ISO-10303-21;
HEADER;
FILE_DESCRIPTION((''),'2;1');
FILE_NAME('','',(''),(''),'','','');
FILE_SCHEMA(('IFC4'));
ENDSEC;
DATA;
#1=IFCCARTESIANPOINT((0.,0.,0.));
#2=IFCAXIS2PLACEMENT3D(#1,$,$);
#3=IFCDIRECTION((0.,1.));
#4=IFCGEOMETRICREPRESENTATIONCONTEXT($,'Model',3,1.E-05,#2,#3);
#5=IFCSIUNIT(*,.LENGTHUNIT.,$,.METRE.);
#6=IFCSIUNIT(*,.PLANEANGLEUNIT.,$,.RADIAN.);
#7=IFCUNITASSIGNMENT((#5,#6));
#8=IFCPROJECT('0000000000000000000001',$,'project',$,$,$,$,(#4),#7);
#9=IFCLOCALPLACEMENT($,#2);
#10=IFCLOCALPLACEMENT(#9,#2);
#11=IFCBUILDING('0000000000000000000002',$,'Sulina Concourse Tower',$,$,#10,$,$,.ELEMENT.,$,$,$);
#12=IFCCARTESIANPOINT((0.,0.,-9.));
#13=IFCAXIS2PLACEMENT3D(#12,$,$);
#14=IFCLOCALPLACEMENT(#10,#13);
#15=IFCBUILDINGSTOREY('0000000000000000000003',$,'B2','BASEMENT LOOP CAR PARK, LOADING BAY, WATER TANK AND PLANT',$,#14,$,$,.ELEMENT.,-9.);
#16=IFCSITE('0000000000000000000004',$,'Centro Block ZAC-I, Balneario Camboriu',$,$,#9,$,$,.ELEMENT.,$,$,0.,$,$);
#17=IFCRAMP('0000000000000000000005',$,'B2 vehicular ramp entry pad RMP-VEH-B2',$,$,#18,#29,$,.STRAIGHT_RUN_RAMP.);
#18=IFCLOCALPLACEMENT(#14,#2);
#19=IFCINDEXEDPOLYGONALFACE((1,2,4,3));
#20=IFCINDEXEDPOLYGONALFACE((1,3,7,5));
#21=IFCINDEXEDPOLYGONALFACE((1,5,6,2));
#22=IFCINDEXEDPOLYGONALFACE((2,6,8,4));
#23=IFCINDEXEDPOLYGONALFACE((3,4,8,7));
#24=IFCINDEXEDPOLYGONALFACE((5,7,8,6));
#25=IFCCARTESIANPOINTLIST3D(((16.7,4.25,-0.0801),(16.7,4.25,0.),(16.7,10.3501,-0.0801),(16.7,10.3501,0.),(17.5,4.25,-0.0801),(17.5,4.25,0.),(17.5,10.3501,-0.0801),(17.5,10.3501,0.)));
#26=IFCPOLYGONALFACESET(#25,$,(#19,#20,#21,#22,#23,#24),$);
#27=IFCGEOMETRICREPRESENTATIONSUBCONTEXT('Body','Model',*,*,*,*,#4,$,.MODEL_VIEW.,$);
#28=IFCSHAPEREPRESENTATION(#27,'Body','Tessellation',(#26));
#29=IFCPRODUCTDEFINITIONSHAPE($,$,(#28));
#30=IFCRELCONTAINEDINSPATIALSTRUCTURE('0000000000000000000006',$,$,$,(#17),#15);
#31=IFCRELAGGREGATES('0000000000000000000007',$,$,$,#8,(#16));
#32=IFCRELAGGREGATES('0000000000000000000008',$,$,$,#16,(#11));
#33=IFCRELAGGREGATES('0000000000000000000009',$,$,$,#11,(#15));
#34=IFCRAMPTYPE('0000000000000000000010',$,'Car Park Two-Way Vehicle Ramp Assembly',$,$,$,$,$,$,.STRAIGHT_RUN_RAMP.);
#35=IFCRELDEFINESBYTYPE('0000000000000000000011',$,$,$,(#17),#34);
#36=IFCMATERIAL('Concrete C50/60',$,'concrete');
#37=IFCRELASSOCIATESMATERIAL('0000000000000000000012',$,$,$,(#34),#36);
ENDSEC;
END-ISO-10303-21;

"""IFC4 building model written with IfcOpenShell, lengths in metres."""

from ifc_helpers import new_model, si_unit, direction, frame, origin, place, context, subcontext, project, spatial, polyline, outline, extrude, material, type_object, element, save


model = new_model("IFC4")

# Units and contexts
model_context = context("Model", 3, precision=1e-05, world=origin(), true_north=direction((0.0, 1.0)))
body_context = subcontext(model_context, "Body", "Model", "MODEL_VIEW")
ifc_project = project(units=[si_unit("LENGTHUNIT", "METRE"), si_unit("PLANEANGLEUNIT", "RADIAN")], contexts=[model_context])

# Site, building, storey
site_placement = place(None, origin())
site = spatial("IfcSite", under=ifc_project, at=site_placement, Name="Centro Block ZAC-I, Balneario Camboriu", CompositionType="ELEMENT", RefElevation=0.0)
building_placement = place(site_placement, origin())
building = spatial("IfcBuilding", under=site, at=building_placement, Name="Sulina Concourse Tower", CompositionType="ELEMENT")
storey_placement = place(building_placement, frame((0.0, 0.0, -9.0)))
storey = spatial("IfcBuildingStorey", under=building, at=storey_placement, Name="B2", Description="BASEMENT LOOP CAR PARK, LOADING BAY, WATER TANK AND PLANT", CompositionType="ELEMENT", Elevation=-9.0)

# Ramp
ifc_material_1 = material(Name="Concrete C50/60", Category="concrete")
ramp_type = type_object("IfcRampType", Name="Car Park Two-Way Vehicle Ramp Assembly", PredefinedType="STRAIGHT_RUN_RAMP", material=ifc_material_1)
ramp_placement = place(storey_placement, frame((0.0, 0.0, -0.0801)))
element("IfcRamp", 1, at=ramp_placement, inside=storey, type_object=ramp_type, Name="B2 vehicular ramp entry pad RMP-VEH-B2", PredefinedType="STRAIGHT_RUN_RAMP", context=body_context, shape_type="SweptSolid", body=[
    extrude(outline(polyline([(16.7, 4.25), (17.5, 4.25), (17.5, 10.3501), (16.7, 10.3501), (16.7, 4.25)])), origin(), (0.0, 0.0, 1.0), 0.0801),
])

save(model, "model.ifc")
